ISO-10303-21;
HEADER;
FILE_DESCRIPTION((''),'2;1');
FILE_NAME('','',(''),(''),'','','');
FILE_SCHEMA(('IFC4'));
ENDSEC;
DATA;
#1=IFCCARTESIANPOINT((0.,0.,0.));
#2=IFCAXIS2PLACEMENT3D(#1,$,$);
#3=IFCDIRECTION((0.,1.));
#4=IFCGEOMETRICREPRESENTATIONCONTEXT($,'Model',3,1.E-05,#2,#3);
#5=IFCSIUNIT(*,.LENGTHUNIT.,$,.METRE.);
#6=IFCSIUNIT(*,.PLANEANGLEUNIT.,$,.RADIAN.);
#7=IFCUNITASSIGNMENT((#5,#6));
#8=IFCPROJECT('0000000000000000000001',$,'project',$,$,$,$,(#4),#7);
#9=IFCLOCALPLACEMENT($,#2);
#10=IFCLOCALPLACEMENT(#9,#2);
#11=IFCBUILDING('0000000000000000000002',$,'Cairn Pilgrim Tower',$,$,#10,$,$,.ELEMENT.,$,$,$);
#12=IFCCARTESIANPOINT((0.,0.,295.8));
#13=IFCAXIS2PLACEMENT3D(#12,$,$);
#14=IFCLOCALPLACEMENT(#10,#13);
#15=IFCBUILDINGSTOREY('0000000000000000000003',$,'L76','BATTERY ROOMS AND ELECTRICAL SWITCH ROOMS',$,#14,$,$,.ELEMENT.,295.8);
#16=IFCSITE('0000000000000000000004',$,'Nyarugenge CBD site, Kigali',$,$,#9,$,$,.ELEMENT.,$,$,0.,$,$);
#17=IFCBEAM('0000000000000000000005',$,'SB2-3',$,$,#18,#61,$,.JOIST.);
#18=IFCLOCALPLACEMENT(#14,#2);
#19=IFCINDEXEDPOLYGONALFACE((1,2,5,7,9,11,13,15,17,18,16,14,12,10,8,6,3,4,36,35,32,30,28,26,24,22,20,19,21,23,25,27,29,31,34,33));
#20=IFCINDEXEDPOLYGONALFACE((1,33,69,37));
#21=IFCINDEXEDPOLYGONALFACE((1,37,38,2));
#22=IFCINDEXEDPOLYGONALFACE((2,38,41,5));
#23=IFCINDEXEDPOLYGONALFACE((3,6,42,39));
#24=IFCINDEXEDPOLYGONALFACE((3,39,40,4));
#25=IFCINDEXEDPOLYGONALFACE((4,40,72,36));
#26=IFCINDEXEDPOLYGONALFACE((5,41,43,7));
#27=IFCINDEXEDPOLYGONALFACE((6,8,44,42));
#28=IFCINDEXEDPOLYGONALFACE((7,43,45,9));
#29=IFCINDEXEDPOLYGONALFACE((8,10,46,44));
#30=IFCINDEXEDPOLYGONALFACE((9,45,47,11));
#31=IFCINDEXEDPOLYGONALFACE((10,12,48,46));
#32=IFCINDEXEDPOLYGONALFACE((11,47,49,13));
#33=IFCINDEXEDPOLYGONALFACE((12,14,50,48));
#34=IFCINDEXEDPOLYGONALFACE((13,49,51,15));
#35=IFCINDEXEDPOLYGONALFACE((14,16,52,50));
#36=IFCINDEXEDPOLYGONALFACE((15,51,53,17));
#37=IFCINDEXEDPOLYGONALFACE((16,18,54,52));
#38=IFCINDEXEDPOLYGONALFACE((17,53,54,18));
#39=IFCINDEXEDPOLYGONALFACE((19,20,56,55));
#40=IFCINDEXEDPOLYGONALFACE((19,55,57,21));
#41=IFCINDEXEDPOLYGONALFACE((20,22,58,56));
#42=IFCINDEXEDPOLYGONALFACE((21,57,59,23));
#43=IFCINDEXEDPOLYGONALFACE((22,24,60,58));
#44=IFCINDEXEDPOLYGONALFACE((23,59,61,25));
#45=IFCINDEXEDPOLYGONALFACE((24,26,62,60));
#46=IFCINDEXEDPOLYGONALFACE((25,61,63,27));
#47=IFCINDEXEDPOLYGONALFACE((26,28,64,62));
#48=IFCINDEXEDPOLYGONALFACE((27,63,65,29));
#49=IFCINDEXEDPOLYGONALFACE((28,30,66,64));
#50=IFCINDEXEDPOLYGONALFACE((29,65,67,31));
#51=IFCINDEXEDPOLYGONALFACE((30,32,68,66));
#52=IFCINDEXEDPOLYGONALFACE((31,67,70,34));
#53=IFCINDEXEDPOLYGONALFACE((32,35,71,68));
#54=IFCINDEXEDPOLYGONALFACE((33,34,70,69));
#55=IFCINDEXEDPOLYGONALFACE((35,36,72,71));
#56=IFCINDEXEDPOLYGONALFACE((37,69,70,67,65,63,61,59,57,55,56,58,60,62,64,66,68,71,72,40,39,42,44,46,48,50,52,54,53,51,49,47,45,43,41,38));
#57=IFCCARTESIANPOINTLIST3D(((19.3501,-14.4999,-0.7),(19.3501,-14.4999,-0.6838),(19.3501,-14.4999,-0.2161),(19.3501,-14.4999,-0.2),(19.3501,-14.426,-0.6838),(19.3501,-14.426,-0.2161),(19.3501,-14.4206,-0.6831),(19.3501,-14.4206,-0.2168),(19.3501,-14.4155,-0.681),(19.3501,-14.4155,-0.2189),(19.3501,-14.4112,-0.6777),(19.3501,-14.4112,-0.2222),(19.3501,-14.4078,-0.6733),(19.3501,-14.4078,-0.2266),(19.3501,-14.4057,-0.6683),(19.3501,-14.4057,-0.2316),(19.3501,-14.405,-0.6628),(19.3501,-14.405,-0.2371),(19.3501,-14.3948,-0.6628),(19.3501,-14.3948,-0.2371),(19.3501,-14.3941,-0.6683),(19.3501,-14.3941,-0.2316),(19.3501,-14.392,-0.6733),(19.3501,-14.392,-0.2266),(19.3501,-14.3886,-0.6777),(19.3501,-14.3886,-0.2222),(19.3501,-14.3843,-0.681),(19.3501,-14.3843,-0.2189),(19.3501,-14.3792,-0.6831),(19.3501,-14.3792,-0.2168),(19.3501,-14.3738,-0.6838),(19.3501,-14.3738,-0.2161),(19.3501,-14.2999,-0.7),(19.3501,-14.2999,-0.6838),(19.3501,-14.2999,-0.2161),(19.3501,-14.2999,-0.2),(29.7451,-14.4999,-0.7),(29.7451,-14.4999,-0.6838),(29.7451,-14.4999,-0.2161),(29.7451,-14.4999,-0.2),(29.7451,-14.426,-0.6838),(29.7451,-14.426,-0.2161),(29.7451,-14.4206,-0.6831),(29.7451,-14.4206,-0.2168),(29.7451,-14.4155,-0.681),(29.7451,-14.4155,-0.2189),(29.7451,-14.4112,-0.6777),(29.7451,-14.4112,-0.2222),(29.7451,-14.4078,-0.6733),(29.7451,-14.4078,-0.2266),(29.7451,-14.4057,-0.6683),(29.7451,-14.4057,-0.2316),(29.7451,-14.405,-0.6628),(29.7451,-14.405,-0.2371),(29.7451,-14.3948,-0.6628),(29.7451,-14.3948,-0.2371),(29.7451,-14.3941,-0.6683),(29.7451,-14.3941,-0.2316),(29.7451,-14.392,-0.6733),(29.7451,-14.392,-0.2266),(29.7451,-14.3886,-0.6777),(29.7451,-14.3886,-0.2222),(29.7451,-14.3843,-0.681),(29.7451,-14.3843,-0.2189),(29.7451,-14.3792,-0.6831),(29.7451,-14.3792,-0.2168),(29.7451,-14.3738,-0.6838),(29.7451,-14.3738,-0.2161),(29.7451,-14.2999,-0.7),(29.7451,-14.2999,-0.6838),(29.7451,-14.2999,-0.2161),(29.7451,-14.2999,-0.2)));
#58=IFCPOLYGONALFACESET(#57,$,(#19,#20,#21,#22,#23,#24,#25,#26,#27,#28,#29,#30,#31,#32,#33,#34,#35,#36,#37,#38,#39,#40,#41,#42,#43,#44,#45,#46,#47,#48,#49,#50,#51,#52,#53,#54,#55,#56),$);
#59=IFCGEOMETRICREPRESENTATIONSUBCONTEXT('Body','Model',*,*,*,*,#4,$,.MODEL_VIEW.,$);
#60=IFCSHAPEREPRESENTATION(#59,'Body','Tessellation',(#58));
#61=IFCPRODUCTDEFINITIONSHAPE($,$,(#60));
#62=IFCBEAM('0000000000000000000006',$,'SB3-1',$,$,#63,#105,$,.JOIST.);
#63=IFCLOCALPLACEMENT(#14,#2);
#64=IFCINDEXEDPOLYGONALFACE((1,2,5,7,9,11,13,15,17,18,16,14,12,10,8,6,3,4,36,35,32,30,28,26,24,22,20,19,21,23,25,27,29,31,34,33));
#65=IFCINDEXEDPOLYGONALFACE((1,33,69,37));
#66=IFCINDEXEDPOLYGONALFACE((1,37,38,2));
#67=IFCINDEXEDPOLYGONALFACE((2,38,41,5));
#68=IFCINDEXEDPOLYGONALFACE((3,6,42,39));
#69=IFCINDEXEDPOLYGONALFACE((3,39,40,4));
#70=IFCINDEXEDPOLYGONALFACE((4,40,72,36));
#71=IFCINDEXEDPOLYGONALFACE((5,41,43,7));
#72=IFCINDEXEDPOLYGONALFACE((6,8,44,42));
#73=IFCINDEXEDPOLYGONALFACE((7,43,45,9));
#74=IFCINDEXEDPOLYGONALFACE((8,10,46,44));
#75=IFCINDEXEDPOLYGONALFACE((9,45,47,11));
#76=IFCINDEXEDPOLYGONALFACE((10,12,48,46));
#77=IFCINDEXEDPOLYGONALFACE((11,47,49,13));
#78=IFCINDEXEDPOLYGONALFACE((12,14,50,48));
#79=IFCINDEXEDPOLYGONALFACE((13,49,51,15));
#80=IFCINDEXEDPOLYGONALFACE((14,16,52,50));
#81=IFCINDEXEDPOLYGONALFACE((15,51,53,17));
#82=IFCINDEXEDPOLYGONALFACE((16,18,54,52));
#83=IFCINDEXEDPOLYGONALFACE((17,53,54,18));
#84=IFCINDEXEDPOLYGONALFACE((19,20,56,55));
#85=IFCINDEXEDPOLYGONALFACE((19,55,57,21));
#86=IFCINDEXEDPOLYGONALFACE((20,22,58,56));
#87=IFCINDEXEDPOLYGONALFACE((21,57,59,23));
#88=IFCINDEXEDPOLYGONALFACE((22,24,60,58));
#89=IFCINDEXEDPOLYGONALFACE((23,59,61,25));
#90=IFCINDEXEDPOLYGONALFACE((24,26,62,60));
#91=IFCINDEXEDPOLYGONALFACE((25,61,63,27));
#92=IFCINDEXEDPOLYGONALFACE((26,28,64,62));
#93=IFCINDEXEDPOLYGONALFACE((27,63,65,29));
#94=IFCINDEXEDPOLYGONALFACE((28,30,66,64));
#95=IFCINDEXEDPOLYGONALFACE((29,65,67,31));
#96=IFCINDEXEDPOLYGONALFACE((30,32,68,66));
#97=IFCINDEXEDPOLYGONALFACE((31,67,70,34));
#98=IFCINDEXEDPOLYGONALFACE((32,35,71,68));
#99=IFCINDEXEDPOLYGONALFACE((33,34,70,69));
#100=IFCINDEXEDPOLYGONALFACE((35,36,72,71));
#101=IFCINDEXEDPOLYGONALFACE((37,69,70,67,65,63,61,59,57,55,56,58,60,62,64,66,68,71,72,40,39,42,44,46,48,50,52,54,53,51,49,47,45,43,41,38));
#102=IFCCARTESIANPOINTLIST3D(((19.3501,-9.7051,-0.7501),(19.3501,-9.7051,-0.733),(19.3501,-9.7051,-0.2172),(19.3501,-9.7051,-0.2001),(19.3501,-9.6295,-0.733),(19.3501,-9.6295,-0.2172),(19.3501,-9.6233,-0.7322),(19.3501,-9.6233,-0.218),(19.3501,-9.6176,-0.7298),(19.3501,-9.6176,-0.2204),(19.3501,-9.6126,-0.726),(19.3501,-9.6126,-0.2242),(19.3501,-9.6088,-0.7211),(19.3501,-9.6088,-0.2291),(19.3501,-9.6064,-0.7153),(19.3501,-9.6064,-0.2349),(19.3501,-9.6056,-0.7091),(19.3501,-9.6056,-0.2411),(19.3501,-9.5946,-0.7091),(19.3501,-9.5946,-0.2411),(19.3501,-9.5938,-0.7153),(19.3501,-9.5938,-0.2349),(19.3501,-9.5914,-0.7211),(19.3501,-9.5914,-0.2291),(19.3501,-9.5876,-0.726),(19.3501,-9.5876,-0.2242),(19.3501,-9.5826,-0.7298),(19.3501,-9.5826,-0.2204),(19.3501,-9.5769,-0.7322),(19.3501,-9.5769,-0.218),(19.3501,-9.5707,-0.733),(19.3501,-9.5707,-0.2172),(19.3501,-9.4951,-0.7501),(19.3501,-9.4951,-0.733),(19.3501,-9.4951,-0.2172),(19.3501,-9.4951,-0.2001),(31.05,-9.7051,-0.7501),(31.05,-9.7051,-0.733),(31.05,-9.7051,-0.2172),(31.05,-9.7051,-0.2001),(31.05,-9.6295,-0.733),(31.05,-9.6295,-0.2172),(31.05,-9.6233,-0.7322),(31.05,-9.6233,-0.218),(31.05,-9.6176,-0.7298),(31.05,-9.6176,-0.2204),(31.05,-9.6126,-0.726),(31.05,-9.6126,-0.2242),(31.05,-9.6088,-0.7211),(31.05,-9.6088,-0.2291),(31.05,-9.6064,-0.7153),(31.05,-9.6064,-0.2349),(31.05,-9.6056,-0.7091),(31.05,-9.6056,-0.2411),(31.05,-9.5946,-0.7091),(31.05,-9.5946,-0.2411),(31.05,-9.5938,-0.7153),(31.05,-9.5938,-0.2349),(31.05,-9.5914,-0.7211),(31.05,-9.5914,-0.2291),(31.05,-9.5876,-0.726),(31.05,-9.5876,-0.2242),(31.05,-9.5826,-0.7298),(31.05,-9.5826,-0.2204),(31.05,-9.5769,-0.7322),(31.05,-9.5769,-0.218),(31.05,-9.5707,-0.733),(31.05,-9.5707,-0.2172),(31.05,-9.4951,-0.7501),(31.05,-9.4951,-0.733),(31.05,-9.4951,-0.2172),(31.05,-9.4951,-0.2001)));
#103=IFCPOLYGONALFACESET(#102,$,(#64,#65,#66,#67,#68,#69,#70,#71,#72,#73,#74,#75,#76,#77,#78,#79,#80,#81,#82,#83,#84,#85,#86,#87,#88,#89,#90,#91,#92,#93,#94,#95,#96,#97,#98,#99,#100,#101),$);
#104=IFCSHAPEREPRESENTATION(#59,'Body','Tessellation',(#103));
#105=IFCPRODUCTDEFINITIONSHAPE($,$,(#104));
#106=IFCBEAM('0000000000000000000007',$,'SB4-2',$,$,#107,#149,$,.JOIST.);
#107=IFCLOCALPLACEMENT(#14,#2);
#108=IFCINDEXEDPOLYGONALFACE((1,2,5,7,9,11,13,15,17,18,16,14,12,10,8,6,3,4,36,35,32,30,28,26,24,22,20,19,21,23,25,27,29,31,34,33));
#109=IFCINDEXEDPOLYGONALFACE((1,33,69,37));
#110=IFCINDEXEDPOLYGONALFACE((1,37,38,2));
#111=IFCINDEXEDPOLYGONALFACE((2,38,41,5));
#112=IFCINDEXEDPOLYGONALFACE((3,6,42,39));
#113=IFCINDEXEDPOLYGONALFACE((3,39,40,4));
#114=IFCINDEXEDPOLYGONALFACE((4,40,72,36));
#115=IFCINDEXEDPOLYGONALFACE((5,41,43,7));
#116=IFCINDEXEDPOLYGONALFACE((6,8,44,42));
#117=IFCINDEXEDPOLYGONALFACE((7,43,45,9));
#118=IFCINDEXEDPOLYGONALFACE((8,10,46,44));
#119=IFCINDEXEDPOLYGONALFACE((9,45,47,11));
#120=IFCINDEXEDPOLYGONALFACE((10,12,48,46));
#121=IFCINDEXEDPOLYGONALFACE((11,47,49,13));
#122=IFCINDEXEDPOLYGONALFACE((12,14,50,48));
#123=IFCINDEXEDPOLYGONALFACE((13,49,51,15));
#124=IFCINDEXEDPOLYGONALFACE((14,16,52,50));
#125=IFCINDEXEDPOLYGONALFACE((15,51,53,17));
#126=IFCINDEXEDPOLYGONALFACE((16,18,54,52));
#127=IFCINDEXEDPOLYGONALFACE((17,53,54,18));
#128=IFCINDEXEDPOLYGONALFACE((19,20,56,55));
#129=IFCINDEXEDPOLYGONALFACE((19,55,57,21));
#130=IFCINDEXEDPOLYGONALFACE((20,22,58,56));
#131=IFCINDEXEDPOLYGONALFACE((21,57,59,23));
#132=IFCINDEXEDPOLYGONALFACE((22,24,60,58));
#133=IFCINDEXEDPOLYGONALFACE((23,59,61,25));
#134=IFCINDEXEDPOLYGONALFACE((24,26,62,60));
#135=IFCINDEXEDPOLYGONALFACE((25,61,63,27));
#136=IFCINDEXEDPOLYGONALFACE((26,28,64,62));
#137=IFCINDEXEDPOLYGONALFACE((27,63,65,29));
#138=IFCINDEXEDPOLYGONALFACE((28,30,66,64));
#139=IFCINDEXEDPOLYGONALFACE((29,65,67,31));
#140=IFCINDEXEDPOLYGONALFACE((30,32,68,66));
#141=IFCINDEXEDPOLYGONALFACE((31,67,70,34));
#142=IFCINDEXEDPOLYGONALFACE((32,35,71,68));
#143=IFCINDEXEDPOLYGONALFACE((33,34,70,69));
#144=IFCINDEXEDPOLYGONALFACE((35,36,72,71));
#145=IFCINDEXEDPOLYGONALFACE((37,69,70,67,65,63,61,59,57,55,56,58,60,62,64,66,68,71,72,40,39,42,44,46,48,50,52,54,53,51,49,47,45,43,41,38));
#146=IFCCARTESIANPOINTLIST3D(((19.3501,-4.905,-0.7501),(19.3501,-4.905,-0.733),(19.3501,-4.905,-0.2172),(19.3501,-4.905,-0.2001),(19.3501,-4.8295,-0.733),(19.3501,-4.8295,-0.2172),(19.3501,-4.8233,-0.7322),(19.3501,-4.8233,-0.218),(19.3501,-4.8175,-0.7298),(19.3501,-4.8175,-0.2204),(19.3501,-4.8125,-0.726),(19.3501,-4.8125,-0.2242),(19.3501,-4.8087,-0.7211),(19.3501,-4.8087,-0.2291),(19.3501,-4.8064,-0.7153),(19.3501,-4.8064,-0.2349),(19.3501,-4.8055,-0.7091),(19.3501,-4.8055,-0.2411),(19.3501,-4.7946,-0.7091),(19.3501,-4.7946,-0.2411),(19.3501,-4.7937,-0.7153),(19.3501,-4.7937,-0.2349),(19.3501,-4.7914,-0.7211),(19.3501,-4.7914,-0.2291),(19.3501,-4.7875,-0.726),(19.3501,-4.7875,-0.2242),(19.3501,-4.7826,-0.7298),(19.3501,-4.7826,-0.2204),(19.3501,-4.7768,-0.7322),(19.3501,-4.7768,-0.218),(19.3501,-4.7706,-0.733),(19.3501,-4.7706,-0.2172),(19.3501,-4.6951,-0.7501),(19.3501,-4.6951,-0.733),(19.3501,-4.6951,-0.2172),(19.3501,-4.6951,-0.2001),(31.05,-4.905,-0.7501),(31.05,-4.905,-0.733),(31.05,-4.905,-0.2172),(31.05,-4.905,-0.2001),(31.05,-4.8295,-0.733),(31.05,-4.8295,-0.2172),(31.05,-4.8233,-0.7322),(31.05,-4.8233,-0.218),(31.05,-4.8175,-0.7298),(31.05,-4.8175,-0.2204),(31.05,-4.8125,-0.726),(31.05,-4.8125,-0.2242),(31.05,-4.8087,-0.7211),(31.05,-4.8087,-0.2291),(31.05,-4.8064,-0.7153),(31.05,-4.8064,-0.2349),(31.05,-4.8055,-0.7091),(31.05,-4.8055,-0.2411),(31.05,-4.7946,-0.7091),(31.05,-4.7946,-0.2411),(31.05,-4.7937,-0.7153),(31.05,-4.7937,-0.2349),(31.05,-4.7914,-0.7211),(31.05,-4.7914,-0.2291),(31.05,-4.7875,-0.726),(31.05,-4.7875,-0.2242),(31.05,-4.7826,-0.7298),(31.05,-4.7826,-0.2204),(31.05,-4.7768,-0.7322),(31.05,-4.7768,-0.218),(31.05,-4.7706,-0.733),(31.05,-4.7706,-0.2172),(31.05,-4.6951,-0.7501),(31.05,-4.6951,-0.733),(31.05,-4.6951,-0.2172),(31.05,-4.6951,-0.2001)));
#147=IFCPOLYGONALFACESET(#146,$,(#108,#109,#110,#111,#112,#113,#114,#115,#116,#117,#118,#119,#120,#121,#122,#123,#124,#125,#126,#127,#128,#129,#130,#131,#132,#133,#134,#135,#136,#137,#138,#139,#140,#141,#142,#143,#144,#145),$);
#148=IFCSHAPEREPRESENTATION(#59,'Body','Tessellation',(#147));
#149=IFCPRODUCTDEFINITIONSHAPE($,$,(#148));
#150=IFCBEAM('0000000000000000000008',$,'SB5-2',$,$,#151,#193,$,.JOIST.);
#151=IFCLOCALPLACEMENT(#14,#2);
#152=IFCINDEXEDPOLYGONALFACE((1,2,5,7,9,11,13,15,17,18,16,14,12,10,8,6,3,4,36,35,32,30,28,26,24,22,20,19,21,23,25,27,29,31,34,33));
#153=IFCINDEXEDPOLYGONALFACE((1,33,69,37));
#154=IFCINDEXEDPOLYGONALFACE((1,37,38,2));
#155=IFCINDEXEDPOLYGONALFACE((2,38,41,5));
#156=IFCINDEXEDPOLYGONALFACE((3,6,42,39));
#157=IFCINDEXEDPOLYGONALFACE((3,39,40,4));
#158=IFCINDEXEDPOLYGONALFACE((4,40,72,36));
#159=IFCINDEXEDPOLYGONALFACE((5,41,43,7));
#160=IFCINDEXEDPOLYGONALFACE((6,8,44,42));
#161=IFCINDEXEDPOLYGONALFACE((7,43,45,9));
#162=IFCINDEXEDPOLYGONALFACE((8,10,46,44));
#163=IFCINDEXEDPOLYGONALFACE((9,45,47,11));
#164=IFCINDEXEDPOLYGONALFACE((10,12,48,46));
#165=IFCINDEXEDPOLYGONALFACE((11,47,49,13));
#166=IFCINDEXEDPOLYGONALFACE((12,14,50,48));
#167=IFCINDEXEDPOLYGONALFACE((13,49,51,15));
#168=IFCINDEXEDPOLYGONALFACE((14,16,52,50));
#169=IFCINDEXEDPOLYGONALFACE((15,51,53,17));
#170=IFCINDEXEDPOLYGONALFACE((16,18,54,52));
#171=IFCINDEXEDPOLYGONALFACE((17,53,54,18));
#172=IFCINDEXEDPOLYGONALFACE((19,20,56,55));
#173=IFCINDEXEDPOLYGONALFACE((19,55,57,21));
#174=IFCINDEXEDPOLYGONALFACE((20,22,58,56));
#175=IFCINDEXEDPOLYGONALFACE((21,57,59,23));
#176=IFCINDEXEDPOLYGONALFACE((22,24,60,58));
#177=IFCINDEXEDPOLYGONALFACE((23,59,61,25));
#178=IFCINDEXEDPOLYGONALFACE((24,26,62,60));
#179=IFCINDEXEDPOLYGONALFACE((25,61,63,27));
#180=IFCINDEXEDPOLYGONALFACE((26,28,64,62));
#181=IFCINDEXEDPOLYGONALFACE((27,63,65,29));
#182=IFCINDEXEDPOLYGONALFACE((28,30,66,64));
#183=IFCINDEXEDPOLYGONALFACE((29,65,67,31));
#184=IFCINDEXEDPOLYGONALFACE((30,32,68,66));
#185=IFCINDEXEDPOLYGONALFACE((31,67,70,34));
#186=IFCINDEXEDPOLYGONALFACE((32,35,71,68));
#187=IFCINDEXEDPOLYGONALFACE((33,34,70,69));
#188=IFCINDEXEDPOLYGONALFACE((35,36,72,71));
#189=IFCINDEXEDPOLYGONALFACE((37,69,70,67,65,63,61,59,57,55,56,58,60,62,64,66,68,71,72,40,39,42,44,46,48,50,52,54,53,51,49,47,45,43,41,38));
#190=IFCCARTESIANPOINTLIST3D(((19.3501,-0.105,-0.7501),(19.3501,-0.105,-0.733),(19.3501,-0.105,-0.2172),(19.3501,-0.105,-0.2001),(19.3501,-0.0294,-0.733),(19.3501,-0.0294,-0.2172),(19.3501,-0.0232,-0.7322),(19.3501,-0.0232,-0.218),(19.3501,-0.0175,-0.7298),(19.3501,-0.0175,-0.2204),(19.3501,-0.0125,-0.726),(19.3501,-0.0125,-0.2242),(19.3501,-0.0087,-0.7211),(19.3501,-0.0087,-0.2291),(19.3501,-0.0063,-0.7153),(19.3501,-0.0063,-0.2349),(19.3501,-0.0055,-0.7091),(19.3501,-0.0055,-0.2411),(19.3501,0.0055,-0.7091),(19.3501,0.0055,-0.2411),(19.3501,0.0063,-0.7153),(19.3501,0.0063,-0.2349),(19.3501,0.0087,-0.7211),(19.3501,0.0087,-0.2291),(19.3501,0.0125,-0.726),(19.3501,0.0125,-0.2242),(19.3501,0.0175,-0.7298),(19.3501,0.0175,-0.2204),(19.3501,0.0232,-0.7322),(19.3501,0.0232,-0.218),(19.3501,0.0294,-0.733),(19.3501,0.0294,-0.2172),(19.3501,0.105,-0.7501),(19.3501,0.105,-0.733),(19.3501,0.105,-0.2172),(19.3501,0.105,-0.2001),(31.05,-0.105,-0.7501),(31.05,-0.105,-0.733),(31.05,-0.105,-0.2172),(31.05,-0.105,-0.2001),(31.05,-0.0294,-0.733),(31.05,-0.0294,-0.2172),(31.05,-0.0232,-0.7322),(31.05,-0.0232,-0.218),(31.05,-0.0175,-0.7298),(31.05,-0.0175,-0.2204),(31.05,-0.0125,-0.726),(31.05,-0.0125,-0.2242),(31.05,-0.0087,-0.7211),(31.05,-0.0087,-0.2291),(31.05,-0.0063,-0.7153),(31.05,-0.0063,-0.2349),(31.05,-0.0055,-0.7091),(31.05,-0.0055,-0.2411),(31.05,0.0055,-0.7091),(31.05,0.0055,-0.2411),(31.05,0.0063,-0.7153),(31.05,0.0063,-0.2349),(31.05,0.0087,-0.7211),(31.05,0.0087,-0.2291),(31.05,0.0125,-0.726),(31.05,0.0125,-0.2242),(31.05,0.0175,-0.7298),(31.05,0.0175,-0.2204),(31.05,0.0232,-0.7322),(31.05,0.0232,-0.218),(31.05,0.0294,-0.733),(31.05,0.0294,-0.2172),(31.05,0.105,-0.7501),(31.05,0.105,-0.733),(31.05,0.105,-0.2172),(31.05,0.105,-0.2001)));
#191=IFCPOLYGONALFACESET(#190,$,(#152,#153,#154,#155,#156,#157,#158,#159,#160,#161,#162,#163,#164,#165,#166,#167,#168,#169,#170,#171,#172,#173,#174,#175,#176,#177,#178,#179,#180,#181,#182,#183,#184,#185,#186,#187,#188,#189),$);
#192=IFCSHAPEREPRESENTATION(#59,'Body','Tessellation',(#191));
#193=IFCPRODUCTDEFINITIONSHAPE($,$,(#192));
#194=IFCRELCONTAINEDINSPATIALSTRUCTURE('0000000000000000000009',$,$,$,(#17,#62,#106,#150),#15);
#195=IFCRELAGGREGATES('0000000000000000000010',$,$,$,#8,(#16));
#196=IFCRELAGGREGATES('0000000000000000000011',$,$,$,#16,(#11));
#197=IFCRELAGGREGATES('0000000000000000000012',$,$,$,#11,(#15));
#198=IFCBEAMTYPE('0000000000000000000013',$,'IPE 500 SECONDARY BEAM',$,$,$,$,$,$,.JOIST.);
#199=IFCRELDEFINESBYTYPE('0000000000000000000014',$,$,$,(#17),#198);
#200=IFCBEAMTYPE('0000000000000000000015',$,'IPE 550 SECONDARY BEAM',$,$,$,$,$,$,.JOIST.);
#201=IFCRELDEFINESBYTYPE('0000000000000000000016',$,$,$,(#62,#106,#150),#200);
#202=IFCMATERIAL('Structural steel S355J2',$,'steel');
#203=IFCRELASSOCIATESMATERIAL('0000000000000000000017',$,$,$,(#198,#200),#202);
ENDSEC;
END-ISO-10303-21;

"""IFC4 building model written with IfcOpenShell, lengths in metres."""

from ifc_helpers import new_model, si_unit, direction, frame, origin, origin_2d, place, context, subcontext, project, spatial, i_section, extrude, material, material_profile, profile_set, type_object, element, save


model = new_model("IFC4")

# Units and contexts
model_context = context("Model", 3, precision=1e-05, world=origin(), true_north=direction((0.0, 1.0)))
body_context = subcontext(model_context, "Body", "Model", "MODEL_VIEW")
ifc_project = project(units=[si_unit("LENGTHUNIT", "METRE"), si_unit("PLANEANGLEUNIT", "RADIAN")], contexts=[model_context])

# Site, building, storey
site_placement = place(None, origin())
site = spatial("IfcSite", under=ifc_project, at=site_placement, Name="Nyarugenge CBD site, Kigali", CompositionType="ELEMENT", RefElevation=0.0)
building_placement = place(site_placement, origin())
building = spatial("IfcBuilding", under=site, at=building_placement, Name="Cairn Pilgrim Tower", CompositionType="ELEMENT")
storey_placement = place(building_placement, frame((0.0, 0.0, 295.8)))
storey = spatial("IfcBuildingStorey", under=building, at=storey_placement, Name="L76", Description="BATTERY ROOMS AND ELECTRICAL SWITCH ROOMS", CompositionType="ELEMENT", Elevation=295.8)

# Shared definitions
ifc_material_1 = material(Name="Structural steel S355J2", Category="steel")

# Beams
ifc_material_profile_1 = material_profile(ifc_material_1, i_section(OverallWidth=0.2, OverallDepth=0.5, WebThickness=0.0103, FlangeThickness=0.0161, FilletRadius=0.021, at=origin_2d()), Name="IPE 500")
ifc_profile_set_1 = profile_set([ifc_material_profile_1], Name="Structural steel S355J2")
beam_type_1 = type_object("IfcBeamType", Name="IPE 500 SECONDARY BEAM", PredefinedType="JOIST", material=ifc_profile_set_1)
beam_1_placement = place(storey_placement, frame((19.3501, -14.3999, -0.45), z_axis=(1.0, 0.0, 0.0), x_axis=(0.0, 1.0, 0.0)))
element("IfcBeam", 1, at=beam_1_placement, inside=storey, type_object=beam_type_1, Name="SB2-3", PredefinedType="JOIST", context=body_context, shape_type="SweptSolid", body=[
    extrude(i_section(OverallWidth=0.2, OverallDepth=0.5, WebThickness=0.0103, FlangeThickness=0.0161, FilletRadius=0.021, at=origin_2d()), origin(), (0.0, 0.0, 1.0), 10.395),
])
ifc_material_profile_2 = material_profile(ifc_material_1, i_section(OverallWidth=0.21, OverallDepth=0.55, WebThickness=0.011, FlangeThickness=0.0171, FilletRadius=0.0239, at=origin_2d()), Name="IPE 550")
ifc_profile_set_2 = profile_set([ifc_material_profile_2], Name="Structural steel S355J2")
beam_type_2 = type_object("IfcBeamType", Name="IPE 550 SECONDARY BEAM", PredefinedType="JOIST", material=ifc_profile_set_2)
for number, where, z_axis, x_axis, name in (
    (2, (19.3501, -9.6001, -0.4751), (1.0, 0.0, 0.0), (0.0, 1.0, 0.0), "SB3-1"),
    (3, (19.3501, -4.8, -0.4751), (1.0, 0.0, 0.0), (0.0, 1.0, 0.0), "SB4-2"),
    (4, (19.3501, 0.0, -0.4751), (1.0, 0.0, 0.0), (0.0, 1.0, 0.0), "SB5-2"),
):
    element("IfcBeam", number, at=place(storey_placement, frame(where, z_axis=z_axis, x_axis=x_axis)), inside=storey, type_object=beam_type_2, Name=name, PredefinedType="JOIST", context=body_context, shape_type="SweptSolid", body=[
        extrude(i_section(OverallWidth=0.21, OverallDepth=0.55, WebThickness=0.011, FlangeThickness=0.0171, FilletRadius=0.0239, at=origin_2d()), origin(), (0.0, 0.0, 1.0), 11.7),
    ])

save(model, "model.ifc")
